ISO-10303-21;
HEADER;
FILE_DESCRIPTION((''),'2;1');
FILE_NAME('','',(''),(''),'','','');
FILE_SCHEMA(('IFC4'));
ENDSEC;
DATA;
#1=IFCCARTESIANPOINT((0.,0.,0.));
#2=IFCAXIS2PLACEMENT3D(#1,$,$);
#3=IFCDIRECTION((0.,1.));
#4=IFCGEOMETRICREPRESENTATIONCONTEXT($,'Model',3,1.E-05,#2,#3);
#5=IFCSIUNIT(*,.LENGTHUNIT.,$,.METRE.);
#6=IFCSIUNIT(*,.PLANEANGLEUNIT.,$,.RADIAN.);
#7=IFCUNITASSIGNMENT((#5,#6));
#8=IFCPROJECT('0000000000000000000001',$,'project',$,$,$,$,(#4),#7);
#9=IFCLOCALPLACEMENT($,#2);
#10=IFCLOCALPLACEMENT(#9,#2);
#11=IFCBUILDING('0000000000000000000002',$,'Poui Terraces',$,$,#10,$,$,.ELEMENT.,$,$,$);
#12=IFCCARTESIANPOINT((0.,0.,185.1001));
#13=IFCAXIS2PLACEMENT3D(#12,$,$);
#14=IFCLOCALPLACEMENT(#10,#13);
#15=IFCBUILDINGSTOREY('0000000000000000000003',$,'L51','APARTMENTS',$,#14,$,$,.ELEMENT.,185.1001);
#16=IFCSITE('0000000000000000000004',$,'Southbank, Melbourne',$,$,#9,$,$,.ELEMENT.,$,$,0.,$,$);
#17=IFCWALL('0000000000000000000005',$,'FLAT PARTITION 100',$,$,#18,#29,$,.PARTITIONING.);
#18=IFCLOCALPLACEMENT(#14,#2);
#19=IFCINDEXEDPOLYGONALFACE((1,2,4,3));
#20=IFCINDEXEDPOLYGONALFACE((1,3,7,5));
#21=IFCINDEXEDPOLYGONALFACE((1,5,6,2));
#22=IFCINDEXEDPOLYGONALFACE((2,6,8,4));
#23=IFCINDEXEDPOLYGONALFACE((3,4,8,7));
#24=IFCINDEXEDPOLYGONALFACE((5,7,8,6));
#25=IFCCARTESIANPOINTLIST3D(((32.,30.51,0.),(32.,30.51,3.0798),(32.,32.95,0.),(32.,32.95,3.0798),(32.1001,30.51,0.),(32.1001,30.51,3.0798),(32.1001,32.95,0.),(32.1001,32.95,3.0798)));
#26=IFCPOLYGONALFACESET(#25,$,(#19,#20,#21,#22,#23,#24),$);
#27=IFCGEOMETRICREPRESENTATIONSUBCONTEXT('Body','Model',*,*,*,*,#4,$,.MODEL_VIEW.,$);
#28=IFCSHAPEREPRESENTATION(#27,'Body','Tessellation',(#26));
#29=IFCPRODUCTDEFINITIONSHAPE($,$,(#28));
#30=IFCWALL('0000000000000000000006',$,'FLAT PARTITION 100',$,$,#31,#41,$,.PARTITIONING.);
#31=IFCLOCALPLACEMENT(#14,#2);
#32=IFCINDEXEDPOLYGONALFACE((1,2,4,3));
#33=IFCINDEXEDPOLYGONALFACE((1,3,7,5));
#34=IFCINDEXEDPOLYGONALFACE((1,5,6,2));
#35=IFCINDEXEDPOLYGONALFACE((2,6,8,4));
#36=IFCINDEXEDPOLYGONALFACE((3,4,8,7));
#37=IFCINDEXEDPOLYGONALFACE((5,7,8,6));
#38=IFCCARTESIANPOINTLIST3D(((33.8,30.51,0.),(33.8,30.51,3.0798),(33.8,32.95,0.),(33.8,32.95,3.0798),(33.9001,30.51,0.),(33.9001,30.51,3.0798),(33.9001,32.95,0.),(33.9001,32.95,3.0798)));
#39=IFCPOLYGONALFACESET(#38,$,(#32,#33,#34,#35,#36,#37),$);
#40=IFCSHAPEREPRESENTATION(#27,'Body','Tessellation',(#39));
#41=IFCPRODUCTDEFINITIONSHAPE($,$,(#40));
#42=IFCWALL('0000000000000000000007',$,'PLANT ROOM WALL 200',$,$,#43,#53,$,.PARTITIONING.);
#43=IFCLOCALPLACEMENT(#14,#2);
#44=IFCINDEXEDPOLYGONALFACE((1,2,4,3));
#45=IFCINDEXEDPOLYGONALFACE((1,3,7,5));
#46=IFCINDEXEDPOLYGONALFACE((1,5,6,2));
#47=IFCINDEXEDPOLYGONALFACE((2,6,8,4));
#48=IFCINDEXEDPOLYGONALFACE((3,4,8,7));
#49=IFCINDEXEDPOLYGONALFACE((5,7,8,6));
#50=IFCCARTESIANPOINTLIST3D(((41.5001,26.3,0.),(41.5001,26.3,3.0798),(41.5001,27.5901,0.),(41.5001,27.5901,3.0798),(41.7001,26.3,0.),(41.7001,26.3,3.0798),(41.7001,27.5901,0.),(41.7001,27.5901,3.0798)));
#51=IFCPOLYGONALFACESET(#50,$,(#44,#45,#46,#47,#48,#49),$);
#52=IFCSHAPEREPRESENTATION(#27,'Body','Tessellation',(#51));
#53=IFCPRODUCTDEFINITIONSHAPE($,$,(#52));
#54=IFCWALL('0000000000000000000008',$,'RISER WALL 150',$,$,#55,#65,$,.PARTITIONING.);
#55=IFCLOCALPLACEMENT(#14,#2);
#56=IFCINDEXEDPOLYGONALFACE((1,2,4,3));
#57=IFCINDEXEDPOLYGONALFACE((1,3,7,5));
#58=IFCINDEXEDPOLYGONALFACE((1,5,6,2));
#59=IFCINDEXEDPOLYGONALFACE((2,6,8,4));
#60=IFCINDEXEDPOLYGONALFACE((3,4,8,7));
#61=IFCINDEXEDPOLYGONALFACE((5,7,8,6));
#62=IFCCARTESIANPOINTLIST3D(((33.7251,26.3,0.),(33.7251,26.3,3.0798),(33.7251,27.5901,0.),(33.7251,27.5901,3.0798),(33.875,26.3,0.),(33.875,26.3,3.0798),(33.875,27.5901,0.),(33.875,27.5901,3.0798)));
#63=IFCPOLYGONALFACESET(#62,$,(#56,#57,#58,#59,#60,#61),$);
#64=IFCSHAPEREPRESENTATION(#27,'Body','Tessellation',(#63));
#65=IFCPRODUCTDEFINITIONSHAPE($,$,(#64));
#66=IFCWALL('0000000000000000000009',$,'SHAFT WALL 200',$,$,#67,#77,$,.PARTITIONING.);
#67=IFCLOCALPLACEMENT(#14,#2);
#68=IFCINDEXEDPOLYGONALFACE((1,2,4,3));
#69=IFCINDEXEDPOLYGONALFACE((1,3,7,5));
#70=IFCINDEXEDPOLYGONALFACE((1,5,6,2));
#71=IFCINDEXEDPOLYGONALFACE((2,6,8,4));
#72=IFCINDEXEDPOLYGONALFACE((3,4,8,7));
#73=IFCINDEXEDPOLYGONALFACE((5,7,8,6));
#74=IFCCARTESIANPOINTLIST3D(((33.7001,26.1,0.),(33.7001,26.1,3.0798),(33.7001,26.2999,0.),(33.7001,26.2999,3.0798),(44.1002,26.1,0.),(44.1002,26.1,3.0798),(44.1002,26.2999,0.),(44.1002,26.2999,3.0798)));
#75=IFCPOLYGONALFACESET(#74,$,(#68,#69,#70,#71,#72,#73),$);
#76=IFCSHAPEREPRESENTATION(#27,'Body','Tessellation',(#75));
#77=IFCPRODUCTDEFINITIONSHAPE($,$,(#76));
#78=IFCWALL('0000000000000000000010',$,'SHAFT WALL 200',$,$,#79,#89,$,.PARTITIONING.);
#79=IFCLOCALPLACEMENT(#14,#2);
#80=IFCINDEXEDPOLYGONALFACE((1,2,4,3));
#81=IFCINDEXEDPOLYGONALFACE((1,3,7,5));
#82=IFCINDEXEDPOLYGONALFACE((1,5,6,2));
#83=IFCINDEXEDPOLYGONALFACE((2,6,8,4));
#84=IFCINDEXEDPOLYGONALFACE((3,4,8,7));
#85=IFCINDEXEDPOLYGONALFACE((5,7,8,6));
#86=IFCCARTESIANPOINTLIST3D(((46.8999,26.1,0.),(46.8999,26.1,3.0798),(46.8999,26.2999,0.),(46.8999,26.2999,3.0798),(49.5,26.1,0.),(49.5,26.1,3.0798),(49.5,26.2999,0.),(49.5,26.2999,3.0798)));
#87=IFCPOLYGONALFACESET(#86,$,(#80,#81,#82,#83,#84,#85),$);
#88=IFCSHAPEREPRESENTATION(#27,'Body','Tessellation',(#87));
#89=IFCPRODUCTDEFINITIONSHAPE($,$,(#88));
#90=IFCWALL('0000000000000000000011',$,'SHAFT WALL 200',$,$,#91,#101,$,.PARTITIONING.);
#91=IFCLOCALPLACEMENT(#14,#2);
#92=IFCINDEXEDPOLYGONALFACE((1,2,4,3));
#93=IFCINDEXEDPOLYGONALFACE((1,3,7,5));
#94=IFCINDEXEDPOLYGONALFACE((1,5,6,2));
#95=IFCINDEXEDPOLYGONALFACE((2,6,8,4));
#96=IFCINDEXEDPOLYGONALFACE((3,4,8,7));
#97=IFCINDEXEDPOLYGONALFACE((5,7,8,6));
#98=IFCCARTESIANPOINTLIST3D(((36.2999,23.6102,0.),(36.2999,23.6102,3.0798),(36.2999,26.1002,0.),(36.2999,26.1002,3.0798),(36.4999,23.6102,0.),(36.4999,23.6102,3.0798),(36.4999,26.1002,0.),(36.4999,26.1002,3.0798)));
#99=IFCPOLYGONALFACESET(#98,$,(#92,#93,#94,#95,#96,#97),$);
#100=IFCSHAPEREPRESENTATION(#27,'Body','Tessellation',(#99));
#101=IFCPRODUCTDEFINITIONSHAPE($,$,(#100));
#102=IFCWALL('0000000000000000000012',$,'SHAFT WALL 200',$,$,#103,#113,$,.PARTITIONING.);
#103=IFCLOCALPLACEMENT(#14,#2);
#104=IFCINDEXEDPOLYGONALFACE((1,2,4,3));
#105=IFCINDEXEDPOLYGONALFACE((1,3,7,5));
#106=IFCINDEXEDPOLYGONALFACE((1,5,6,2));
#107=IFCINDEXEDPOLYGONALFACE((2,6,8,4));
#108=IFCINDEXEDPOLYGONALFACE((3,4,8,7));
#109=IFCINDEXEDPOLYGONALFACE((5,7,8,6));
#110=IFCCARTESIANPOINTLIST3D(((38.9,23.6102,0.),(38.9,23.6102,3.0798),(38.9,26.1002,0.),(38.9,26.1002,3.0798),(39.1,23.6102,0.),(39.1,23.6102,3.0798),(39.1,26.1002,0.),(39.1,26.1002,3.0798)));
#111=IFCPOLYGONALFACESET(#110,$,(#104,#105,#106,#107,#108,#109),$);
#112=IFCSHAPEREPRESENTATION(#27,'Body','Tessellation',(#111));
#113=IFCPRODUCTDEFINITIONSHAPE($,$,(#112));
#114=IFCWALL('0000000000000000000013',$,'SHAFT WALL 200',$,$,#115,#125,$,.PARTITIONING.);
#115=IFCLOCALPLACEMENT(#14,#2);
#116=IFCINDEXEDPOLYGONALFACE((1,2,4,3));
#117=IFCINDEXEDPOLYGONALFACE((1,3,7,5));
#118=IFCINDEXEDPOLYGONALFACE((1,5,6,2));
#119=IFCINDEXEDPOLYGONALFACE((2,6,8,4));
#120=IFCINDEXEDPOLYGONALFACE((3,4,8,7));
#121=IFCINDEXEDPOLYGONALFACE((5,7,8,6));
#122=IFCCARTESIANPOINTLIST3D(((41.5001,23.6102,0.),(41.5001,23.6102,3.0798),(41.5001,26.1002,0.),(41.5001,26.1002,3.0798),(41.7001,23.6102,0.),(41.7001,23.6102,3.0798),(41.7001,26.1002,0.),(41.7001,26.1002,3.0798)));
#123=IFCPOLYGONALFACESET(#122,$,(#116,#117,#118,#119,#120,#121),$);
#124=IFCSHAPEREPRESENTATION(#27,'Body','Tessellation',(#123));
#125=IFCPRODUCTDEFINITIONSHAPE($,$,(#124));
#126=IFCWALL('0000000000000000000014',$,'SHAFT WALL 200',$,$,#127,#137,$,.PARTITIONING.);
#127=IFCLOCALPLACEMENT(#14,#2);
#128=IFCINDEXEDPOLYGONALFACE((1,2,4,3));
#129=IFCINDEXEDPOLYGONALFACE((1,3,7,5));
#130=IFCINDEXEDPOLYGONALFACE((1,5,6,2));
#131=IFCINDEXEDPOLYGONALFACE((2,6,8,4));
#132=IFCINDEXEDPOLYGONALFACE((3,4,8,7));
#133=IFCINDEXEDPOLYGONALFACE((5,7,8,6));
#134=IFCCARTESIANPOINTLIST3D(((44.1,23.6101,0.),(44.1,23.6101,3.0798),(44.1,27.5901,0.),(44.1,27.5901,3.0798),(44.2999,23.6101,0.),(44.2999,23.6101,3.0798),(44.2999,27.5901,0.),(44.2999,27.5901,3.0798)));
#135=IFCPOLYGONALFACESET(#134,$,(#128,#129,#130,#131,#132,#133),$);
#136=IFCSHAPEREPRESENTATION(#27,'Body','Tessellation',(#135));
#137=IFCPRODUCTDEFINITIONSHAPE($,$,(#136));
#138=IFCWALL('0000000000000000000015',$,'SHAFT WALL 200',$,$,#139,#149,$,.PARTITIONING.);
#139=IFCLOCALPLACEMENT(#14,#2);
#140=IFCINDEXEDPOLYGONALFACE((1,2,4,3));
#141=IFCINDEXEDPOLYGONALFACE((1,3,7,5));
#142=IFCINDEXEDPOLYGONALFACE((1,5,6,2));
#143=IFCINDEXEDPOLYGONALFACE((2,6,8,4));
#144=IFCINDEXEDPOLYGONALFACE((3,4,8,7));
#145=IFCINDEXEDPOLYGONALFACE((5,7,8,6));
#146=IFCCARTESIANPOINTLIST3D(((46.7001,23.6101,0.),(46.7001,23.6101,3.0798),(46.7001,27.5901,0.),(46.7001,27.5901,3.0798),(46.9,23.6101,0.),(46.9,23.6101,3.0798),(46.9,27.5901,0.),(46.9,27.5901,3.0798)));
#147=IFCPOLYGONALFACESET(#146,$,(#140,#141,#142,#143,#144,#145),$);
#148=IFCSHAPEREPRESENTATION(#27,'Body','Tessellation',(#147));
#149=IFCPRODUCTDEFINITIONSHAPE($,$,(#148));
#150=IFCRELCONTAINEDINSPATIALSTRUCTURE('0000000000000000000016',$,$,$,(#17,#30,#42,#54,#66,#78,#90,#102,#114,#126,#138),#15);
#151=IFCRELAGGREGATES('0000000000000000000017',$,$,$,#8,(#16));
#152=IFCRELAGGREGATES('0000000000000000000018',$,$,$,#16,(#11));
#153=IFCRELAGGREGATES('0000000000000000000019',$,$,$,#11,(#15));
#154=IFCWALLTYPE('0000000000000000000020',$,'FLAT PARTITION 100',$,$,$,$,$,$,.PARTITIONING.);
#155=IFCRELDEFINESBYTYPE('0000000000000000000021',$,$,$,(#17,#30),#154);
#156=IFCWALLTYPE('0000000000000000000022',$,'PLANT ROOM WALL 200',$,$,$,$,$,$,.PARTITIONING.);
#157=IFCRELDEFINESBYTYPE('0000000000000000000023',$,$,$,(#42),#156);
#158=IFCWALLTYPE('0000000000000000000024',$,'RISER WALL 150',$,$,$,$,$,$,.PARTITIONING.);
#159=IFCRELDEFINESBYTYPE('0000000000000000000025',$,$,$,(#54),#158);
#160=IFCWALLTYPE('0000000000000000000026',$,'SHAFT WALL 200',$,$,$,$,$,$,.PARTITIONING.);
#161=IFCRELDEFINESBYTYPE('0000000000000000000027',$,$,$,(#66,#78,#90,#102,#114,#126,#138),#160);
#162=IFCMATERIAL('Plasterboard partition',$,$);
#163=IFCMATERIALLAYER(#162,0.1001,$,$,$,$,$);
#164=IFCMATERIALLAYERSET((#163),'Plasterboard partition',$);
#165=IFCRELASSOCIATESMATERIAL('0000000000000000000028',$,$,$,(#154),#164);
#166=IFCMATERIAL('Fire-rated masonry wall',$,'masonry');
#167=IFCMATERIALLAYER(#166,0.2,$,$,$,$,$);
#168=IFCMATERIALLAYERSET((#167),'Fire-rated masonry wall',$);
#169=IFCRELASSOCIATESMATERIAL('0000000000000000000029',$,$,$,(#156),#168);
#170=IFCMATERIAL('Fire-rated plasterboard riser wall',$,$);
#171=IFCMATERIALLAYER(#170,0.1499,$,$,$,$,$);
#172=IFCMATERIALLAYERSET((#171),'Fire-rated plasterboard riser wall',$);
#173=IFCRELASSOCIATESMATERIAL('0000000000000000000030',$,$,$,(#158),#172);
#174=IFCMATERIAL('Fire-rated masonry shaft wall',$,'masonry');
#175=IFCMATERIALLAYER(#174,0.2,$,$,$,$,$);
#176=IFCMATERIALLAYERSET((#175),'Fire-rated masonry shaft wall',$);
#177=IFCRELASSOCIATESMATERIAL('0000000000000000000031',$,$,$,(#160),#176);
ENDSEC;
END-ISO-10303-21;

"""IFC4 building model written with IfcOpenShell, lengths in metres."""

from ifc_helpers import new_model, si_unit, direction, frame, frame_2d, origin, place, context, subcontext, project, spatial, rectangle, extrude, material, layer, layer_set, type_object, element, save


model = new_model("IFC4")

# Units and contexts
model_context = context("Model", 3, precision=1e-05, world=origin(), true_north=direction((0.0, 1.0)))
body_context = subcontext(model_context, "Body", "Model", "MODEL_VIEW")
ifc_project = project(units=[si_unit("LENGTHUNIT", "METRE"), si_unit("PLANEANGLEUNIT", "RADIAN")], contexts=[model_context])

# Site, building, storey
site_placement = place(None, origin())
site = spatial("IfcSite", under=ifc_project, at=site_placement, Name="Southbank, Melbourne", CompositionType="ELEMENT", RefElevation=0.0)
building_placement = place(site_placement, origin())
building = spatial("IfcBuilding", under=site, at=building_placement, Name="Poui Terraces", CompositionType="ELEMENT")
storey_placement = place(building_placement, frame((0.0, 0.0, 185.1001)))
storey = spatial("IfcBuildingStorey", under=building, at=storey_placement, Name="L51", Description="APARTMENTS", CompositionType="ELEMENT", Elevation=185.1001)

# Walls
ifc_material_1 = material(Name="Plasterboard partition")
ifc_layer_1 = layer(ifc_material_1, 0.1001)
ifc_layer_set_1 = layer_set([ifc_layer_1], Name="Plasterboard partition")
wall_type_1 = type_object("IfcWallType", Name="FLAT PARTITION 100", PredefinedType="PARTITIONING", material=ifc_layer_set_1)
for number, where, z_axis, x_axis, name in (
    (1, (32.05, 30.51, 0.0), (0.0, 0.0, 1.0), (0.0, 1.0, 0.0), "FLAT PARTITION 100"),
    (2, (33.8501, 30.51, 0.0), (0.0, 0.0, 1.0), (0.0, 1.0, 0.0), "FLAT PARTITION 100"),
):
    element("IfcWall", number, at=place(storey_placement, frame(where, z_axis=z_axis, x_axis=x_axis)), inside=storey, type_object=wall_type_1, Name=name, PredefinedType="PARTITIONING", context=body_context, shape_type="SweptSolid", body=[
        extrude(rectangle(XDim=2.4399, YDim=0.1001, at=frame_2d((1.22, 0.0))), origin(), (0.0, 0.0, 1.0), 3.0798),
    ])
ifc_material_2 = material(Name="Fire-rated masonry wall", Category="masonry")
ifc_layer_2 = layer(ifc_material_2, 0.2)
ifc_layer_set_2 = layer_set([ifc_layer_2], Name="Fire-rated masonry wall")
wall_type_2 = type_object("IfcWallType", Name="PLANT ROOM WALL 200", PredefinedType="PARTITIONING", material=ifc_layer_set_2)
wall_1_placement = place(storey_placement, frame((41.6001, 26.3, 0.0), z_axis=(0.0, 0.0, 1.0), x_axis=(0.0, 1.0, 0.0)))
element("IfcWall", 3, at=wall_1_placement, inside=storey, type_object=wall_type_2, Name="PLANT ROOM WALL 200", PredefinedType="PARTITIONING", context=body_context, shape_type="SweptSolid", body=[
    extrude(rectangle(XDim=1.29, YDim=0.2, at=frame_2d((0.645, 0.0))), origin(), (0.0, 0.0, 1.0), 3.0798),
])
ifc_material_3 = material(Name="Fire-rated plasterboard riser wall")
ifc_layer_3 = layer(ifc_material_3, 0.1499)
ifc_layer_set_3 = layer_set([ifc_layer_3], Name="Fire-rated plasterboard riser wall")
wall_type_3 = type_object("IfcWallType", Name="RISER WALL 150", PredefinedType="PARTITIONING", material=ifc_layer_set_3)
wall_2_placement = place(storey_placement, frame((33.8, 26.3, 0.0), z_axis=(0.0, 0.0, 1.0), x_axis=(0.0, 1.0, 0.0)))
element("IfcWall", 4, at=wall_2_placement, inside=storey, type_object=wall_type_3, Name="RISER WALL 150", PredefinedType="PARTITIONING", context=body_context, shape_type="SweptSolid", body=[
    extrude(rectangle(XDim=1.29, YDim=0.1499, at=frame_2d((0.645, 0.0))), origin(), (0.0, 0.0, 1.0), 3.0798),
])
ifc_material_4 = material(Name="Fire-rated masonry shaft wall", Category="masonry")
ifc_layer_4 = layer(ifc_material_4, 0.2)
ifc_layer_set_4 = layer_set([ifc_layer_4], Name="Fire-rated masonry shaft wall")
wall_type_4 = type_object("IfcWallType", Name="SHAFT WALL 200", PredefinedType="PARTITIONING", material=ifc_layer_set_4)
wall_3_placement = place(storey_placement, frame((33.7, 26.2, 0.0), z_axis=(0.0, 0.0, 1.0), x_axis=(1.0, 0.0, 0.0)))
element("IfcWall", 5, at=wall_3_placement, inside=storey, type_object=wall_type_4, Name="SHAFT WALL 200", PredefinedType="PARTITIONING", context=body_context, shape_type="SweptSolid", body=[
    extrude(rectangle(XDim=10.4001, YDim=0.2, at=frame_2d((5.2002, 0.0))), origin(), (0.0, 0.0, 1.0), 3.0798),
])
wall_4_placement = place(storey_placement, frame((46.8999, 26.2, 0.0), z_axis=(0.0, 0.0, 1.0), x_axis=(1.0, 0.0, 0.0)))
element("IfcWall", 6, at=wall_4_placement, inside=storey, type_object=wall_type_4, Name="SHAFT WALL 200", PredefinedType="PARTITIONING", context=body_context, shape_type="SweptSolid", body=[
    extrude(rectangle(XDim=2.6001, YDim=0.2, at=frame_2d((1.3, 0.0))), origin(), (0.0, 0.0, 1.0), 3.0798),
])
for number, where, z_axis, x_axis, name in (
    (7, (36.3999, 23.6101, 0.0), (0.0, 0.0, 1.0), (0.0, 1.0, 0.0), "SHAFT WALL 200"),
    (8, (39.0, 23.6101, 0.0), (0.0, 0.0, 1.0), (0.0, 1.0, 0.0), "SHAFT WALL 200"),
    (9, (41.6001, 23.6101, 0.0), (0.0, 0.0, 1.0), (0.0, 1.0, 0.0), "SHAFT WALL 200"),
):
    element("IfcWall", number, at=place(storey_placement, frame(where, z_axis=z_axis, x_axis=x_axis)), inside=storey, type_object=wall_type_4, Name=name, PredefinedType="PARTITIONING", context=body_context, shape_type="SweptSolid", body=[
        extrude(rectangle(XDim=2.49, YDim=0.2, at=frame_2d((1.2451, 0.0))), origin(), (0.0, 0.0, 1.0), 3.0798),
    ])
for number, where, z_axis, x_axis, name in (
    (10, (44.2, 23.6101, 0.0), (0.0, 0.0, 1.0), (0.0, 1.0, 0.0), "SHAFT WALL 200"),
    (11, (46.8, 23.6101, 0.0), (0.0, 0.0, 1.0), (0.0, 1.0, 0.0), "SHAFT WALL 200"),
):
    element("IfcWall", number, at=place(storey_placement, frame(where, z_axis=z_axis, x_axis=x_axis)), inside=storey, type_object=wall_type_4, Name=name, PredefinedType="PARTITIONING", context=body_context, shape_type="SweptSolid", body=[
        extrude(rectangle(XDim=3.98, YDim=0.2, at=frame_2d((1.99, 0.0))), origin(), (0.0, 0.0, 1.0), 3.0798),
    ])

save(model, "model.ifc")
